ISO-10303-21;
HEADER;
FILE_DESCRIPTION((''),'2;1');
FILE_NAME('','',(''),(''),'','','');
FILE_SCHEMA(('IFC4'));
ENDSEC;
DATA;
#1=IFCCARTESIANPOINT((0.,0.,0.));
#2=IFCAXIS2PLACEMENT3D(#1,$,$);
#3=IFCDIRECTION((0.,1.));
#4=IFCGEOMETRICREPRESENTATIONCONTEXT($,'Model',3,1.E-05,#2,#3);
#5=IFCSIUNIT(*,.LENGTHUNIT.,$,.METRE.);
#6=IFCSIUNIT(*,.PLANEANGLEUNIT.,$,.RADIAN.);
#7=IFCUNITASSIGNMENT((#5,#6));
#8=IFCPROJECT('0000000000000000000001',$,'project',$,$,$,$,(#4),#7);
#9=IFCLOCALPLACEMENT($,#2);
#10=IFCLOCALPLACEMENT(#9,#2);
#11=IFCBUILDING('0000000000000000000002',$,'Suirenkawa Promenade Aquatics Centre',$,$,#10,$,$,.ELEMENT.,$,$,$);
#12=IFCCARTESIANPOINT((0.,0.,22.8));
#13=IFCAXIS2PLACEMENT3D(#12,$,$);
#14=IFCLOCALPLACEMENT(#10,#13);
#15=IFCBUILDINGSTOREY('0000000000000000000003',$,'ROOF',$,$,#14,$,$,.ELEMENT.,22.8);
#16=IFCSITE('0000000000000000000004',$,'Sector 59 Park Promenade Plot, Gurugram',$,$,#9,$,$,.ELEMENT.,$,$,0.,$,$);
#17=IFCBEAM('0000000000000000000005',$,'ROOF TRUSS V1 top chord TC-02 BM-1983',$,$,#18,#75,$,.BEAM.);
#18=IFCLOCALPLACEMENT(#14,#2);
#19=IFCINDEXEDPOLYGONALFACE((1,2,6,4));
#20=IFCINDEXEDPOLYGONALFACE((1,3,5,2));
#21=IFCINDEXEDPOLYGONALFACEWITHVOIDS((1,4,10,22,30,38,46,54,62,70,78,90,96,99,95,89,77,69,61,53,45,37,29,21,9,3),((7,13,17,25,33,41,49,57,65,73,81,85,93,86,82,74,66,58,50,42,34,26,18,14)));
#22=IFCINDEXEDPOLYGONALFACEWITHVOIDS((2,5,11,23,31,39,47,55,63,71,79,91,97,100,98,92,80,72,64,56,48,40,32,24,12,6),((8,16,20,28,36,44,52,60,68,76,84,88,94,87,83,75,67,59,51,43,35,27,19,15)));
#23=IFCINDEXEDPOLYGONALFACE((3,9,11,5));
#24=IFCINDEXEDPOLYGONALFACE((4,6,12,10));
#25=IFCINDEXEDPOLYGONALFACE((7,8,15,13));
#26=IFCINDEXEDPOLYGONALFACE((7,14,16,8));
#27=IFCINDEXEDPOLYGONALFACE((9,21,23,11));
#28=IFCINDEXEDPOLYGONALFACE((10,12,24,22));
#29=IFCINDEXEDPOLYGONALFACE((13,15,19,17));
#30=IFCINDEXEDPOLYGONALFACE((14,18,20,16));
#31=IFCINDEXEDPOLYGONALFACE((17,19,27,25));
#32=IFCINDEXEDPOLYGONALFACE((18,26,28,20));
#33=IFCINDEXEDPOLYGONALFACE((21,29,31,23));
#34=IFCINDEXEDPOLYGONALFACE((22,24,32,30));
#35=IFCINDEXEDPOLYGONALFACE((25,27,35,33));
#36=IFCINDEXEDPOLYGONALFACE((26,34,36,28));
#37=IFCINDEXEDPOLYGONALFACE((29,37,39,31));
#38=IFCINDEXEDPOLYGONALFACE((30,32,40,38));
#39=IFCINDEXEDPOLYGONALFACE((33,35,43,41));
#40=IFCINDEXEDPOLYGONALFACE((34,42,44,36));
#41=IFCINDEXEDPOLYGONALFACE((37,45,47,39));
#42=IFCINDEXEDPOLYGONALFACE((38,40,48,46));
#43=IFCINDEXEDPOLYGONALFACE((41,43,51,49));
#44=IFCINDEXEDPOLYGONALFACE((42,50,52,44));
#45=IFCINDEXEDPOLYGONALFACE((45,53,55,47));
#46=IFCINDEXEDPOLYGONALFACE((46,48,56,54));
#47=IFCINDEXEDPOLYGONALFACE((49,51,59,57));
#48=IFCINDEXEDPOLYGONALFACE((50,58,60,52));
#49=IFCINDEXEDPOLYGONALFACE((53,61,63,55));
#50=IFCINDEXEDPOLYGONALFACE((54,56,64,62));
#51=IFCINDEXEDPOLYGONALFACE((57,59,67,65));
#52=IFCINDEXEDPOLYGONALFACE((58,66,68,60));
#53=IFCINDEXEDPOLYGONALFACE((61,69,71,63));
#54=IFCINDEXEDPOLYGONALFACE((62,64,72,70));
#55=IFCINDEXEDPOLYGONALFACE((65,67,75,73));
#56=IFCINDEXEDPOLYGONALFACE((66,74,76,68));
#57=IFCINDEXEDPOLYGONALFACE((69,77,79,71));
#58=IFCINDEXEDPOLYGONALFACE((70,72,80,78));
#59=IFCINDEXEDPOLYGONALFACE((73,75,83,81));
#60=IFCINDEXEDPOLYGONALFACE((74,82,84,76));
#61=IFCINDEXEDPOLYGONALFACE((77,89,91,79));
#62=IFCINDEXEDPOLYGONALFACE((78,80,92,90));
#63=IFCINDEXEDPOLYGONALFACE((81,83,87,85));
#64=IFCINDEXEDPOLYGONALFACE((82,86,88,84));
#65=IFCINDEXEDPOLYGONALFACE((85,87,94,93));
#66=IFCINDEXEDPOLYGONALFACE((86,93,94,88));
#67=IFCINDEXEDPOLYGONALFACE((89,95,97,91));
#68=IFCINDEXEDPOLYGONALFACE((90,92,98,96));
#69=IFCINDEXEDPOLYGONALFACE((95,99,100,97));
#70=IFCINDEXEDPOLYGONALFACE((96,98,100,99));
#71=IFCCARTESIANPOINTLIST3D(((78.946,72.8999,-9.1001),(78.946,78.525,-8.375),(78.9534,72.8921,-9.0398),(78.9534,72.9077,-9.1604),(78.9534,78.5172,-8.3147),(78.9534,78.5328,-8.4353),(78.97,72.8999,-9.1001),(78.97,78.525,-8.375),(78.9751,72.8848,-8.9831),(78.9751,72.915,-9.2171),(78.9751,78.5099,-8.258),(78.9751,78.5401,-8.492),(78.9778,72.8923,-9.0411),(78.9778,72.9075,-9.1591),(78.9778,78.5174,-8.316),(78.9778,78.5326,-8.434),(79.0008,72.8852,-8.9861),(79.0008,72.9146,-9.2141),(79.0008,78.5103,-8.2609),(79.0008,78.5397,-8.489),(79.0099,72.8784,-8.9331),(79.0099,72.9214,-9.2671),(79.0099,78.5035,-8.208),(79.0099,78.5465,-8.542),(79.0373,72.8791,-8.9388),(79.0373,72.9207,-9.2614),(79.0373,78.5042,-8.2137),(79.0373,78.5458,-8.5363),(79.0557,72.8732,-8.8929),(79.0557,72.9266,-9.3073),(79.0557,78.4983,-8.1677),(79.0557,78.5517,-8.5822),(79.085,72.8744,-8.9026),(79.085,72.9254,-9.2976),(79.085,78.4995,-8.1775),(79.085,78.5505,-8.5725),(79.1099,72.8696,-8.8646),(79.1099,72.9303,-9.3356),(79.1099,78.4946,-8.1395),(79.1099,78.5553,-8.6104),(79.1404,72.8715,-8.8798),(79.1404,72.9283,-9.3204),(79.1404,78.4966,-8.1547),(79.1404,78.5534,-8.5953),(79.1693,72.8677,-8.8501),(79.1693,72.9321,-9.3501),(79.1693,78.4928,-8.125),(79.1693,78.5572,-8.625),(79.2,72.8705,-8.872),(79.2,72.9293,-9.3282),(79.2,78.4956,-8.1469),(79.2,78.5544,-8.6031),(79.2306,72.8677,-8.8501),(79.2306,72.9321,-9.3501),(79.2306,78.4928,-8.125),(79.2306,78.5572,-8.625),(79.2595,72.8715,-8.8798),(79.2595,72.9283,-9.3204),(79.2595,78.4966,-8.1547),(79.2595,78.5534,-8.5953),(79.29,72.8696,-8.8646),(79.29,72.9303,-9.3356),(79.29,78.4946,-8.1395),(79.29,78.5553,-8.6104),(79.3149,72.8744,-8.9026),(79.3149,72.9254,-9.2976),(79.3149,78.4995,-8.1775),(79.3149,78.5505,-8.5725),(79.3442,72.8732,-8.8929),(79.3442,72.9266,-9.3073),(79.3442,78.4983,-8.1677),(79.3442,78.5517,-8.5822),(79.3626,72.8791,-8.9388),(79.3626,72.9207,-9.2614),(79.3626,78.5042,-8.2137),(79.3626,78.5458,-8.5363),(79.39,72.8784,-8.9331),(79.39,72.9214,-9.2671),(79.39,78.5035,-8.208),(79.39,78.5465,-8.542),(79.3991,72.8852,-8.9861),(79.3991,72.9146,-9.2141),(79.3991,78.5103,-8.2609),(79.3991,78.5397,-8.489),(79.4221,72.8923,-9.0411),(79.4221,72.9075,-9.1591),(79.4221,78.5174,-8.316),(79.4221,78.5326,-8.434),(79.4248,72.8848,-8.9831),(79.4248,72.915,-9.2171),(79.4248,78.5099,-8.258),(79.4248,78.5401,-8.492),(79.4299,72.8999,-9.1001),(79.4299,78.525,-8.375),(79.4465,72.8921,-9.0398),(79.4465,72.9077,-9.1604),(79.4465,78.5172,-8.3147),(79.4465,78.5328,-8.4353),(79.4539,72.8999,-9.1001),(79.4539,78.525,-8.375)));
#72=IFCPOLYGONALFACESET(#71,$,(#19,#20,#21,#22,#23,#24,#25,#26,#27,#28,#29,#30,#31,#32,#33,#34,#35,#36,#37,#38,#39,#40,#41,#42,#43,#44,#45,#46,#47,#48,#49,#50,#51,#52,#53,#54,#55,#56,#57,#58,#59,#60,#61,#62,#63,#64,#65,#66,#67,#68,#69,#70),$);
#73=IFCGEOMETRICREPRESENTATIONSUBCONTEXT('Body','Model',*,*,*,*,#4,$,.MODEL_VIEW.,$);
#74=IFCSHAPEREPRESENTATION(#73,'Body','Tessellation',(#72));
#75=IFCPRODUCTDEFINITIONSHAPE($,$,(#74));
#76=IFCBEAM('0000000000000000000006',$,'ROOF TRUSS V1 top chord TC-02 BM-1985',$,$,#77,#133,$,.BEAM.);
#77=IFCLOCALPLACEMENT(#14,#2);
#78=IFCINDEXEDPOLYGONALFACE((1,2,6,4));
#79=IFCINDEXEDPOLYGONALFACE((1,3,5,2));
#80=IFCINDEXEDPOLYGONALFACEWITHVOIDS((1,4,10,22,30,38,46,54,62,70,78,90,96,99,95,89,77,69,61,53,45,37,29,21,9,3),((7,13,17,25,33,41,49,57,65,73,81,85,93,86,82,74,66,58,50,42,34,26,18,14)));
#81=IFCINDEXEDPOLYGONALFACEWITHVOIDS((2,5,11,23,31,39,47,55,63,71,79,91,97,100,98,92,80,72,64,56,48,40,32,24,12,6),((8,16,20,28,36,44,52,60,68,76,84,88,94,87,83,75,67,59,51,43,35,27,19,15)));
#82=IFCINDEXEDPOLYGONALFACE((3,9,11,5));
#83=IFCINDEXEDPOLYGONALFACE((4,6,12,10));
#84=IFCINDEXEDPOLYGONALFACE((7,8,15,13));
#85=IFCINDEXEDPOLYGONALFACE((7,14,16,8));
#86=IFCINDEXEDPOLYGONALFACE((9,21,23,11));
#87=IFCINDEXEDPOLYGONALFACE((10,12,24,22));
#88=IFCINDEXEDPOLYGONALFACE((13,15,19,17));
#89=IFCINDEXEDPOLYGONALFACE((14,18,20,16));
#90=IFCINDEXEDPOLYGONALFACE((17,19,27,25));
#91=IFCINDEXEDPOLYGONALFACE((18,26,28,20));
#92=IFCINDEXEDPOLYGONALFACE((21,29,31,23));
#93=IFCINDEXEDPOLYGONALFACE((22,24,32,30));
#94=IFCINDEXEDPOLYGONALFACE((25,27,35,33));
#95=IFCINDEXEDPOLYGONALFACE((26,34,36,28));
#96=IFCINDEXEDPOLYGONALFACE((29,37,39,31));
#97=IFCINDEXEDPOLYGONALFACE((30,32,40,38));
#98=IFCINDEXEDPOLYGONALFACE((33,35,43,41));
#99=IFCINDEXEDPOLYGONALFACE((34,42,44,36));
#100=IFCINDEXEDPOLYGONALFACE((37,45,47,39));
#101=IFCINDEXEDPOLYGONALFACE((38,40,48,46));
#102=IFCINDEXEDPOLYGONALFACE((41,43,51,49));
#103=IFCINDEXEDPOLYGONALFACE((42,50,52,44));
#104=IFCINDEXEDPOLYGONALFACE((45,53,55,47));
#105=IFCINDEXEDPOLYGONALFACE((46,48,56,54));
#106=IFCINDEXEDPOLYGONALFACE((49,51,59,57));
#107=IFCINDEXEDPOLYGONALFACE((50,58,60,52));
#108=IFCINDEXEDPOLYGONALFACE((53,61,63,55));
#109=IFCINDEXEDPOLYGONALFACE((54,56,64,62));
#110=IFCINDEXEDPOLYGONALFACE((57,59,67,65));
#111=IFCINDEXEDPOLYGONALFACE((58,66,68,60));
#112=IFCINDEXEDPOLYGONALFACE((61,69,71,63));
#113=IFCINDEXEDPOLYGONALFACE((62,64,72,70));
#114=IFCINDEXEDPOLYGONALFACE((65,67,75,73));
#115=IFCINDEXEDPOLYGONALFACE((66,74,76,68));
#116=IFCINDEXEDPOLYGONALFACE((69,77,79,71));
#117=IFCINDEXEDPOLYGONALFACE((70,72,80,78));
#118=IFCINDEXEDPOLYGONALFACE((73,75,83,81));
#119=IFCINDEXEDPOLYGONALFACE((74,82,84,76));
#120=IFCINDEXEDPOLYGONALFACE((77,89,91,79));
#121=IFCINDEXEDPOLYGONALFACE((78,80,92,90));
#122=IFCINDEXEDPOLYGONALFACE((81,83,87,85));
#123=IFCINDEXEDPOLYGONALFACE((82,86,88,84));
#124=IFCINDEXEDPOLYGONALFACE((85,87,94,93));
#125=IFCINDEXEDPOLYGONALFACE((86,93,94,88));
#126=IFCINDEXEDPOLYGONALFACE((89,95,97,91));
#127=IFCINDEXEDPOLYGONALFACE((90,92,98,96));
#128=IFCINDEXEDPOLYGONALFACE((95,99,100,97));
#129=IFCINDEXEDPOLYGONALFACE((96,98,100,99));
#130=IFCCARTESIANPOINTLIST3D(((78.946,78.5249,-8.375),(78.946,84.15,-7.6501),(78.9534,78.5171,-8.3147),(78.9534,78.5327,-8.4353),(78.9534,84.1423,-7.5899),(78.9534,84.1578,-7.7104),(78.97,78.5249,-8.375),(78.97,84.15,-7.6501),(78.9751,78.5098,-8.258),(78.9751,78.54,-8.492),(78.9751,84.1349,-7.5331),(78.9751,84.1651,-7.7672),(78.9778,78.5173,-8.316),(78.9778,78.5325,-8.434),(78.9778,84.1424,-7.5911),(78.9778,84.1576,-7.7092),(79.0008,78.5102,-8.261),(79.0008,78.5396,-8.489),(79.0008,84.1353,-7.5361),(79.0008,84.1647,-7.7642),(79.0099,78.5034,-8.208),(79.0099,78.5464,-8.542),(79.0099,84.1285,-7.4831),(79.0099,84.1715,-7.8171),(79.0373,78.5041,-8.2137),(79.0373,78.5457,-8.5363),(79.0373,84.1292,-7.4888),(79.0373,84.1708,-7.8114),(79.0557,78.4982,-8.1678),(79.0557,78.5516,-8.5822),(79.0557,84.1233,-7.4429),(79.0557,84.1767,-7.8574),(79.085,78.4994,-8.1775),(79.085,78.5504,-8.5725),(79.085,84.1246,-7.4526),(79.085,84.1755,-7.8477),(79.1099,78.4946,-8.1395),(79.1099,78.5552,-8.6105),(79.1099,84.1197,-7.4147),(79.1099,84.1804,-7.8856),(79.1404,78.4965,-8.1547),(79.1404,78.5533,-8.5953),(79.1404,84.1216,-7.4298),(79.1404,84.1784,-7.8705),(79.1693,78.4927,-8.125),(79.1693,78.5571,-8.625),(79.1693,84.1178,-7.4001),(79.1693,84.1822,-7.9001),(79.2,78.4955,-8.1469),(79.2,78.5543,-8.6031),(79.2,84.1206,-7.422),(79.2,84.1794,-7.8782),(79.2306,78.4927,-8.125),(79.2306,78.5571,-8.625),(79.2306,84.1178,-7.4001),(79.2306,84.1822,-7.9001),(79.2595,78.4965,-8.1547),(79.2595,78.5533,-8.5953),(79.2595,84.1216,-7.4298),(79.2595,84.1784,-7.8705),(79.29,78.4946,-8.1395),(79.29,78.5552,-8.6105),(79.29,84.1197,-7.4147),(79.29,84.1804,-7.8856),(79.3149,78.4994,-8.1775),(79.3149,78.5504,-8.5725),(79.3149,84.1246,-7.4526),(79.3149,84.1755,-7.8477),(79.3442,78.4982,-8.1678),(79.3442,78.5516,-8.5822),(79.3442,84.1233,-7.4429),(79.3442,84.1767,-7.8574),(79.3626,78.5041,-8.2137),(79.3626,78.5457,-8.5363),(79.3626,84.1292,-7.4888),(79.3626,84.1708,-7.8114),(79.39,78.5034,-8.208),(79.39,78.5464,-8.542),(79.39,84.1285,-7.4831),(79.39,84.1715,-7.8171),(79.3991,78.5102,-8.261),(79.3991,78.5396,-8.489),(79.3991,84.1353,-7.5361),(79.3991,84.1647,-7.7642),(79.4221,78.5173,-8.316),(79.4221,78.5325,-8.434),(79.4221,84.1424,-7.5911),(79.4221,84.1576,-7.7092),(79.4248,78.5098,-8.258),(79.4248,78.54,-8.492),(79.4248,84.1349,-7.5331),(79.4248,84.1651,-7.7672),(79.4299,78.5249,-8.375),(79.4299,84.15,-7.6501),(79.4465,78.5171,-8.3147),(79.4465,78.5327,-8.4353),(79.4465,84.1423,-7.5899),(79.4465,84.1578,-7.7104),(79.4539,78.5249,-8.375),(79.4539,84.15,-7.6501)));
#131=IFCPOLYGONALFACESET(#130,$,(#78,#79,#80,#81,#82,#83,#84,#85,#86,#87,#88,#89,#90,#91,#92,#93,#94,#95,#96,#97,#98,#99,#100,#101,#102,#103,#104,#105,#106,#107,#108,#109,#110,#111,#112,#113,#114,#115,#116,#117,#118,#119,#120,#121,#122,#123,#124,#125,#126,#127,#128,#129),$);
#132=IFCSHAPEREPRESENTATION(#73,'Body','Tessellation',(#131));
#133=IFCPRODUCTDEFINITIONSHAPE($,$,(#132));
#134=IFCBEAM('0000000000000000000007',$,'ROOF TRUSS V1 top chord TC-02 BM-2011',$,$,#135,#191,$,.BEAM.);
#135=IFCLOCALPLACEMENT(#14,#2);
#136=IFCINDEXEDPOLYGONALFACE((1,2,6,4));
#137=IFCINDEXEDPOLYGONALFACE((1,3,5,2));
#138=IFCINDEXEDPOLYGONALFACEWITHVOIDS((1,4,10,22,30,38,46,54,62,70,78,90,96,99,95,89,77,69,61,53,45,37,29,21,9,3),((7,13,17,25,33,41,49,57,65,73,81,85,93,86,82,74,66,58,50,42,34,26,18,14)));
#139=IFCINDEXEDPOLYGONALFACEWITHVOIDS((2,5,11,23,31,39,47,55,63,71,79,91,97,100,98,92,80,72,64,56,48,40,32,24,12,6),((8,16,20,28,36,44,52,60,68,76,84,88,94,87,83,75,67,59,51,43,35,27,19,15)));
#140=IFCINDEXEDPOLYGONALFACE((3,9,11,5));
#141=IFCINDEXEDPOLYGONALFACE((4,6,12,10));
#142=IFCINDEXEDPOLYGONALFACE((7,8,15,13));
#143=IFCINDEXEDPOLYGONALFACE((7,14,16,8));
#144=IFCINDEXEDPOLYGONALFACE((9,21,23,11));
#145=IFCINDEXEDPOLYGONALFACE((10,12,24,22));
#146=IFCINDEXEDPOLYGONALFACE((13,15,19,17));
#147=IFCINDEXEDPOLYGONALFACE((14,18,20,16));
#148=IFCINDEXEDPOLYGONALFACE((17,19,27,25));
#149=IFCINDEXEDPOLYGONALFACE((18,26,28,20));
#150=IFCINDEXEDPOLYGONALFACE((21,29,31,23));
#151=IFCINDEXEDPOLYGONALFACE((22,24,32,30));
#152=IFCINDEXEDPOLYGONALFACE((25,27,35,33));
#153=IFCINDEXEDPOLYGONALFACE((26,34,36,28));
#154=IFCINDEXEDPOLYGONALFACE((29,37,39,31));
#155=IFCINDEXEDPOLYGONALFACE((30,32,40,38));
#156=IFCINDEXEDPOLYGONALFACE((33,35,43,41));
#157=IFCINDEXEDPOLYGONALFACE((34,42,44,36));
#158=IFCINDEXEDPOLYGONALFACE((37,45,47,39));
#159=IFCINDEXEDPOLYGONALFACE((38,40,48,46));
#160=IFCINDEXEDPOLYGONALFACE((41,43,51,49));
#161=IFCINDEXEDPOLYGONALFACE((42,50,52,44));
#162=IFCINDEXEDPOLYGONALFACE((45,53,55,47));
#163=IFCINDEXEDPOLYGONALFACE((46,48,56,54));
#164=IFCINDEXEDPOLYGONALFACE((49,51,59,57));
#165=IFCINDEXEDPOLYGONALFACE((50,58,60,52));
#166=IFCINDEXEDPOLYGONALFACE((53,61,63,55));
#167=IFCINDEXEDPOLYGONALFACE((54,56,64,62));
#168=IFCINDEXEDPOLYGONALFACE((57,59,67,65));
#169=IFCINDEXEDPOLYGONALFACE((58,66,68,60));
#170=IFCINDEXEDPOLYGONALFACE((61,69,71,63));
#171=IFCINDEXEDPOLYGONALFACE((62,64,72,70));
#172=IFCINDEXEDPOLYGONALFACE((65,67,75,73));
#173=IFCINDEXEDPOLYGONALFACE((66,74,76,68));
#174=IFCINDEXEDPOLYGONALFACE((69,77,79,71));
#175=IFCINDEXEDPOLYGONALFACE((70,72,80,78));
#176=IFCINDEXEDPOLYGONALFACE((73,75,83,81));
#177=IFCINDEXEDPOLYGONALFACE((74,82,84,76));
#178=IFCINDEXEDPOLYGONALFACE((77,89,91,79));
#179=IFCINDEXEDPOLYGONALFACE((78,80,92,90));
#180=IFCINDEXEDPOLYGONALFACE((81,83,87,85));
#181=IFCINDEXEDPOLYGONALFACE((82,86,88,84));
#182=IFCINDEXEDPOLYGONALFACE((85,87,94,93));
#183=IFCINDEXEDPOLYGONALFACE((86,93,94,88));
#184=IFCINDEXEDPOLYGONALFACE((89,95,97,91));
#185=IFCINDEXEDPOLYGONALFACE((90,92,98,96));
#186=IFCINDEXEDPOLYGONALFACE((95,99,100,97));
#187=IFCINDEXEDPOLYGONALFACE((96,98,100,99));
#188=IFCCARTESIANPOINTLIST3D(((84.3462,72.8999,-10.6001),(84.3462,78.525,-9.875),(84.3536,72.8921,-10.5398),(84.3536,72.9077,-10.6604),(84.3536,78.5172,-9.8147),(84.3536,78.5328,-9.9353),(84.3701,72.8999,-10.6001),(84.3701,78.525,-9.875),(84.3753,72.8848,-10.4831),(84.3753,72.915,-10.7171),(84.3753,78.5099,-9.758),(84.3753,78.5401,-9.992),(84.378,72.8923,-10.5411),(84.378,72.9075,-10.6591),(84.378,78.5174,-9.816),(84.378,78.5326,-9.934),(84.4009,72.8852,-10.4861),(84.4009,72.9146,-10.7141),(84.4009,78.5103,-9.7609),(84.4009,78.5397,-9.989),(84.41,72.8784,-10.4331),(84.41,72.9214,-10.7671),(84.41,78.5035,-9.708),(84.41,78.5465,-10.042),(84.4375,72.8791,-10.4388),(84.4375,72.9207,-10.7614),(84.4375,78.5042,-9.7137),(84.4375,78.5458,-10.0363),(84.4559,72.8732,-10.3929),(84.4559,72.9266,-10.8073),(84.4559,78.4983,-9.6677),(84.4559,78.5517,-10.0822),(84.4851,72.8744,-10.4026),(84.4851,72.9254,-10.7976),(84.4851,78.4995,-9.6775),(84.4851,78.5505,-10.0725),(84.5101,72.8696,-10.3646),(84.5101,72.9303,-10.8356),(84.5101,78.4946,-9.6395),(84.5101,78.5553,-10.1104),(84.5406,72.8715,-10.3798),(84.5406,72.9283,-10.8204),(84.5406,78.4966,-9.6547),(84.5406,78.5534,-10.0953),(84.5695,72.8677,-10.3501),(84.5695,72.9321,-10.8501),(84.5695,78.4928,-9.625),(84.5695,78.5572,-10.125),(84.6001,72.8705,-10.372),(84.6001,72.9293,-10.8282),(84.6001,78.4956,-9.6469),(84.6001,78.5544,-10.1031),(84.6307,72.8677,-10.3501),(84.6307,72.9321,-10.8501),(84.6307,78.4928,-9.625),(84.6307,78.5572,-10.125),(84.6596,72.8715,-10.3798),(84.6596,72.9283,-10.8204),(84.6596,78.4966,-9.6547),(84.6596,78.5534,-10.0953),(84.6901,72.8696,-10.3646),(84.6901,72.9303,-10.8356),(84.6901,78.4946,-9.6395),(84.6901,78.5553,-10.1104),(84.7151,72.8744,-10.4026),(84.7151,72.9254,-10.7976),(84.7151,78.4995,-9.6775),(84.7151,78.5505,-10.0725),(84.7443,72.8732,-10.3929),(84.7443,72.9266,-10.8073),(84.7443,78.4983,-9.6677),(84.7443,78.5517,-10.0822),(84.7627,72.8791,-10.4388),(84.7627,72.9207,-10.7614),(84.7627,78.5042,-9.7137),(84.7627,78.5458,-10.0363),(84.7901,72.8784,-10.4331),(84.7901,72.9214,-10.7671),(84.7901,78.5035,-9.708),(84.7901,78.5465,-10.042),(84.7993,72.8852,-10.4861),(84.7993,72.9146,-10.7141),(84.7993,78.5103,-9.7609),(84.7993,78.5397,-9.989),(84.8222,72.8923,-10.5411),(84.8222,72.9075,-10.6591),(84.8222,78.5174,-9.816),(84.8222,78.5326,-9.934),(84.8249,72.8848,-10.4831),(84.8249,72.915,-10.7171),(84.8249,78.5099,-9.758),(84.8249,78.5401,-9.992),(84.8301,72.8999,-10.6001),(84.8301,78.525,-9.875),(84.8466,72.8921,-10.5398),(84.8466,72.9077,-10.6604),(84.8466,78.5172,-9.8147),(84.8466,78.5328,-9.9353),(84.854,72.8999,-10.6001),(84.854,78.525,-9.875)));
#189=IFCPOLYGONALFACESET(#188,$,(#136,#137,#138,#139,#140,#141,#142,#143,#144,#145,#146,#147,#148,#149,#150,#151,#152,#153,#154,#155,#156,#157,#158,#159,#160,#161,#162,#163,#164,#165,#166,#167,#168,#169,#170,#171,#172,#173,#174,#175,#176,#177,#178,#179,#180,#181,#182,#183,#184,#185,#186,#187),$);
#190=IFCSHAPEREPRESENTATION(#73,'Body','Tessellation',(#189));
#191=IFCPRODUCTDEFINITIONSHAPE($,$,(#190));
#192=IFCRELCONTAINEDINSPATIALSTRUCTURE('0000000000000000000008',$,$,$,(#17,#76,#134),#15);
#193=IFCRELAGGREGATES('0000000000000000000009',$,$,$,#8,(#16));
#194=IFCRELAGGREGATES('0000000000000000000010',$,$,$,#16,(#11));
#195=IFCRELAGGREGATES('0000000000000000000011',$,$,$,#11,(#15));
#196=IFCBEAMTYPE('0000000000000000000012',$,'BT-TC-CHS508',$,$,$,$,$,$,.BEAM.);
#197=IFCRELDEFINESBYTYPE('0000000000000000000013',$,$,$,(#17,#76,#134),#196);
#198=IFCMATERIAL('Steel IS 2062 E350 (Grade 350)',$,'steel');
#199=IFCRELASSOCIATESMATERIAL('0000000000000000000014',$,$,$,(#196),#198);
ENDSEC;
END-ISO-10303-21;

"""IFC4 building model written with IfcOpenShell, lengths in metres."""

from ifc_helpers import new_model, si_unit, direction, frame, origin, origin_2d, place, context, subcontext, project, spatial, hollow_circle, extrude, material, material_profile, profile_set, type_object, element, save


model = new_model("IFC4")

# Units and contexts
model_context = context("Model", 3, precision=1e-05, world=origin(), true_north=direction((0.0, 1.0)))
body_context = subcontext(model_context, "Body", "Model", "MODEL_VIEW")
ifc_project = project(units=[si_unit("LENGTHUNIT", "METRE"), si_unit("PLANEANGLEUNIT", "RADIAN")], contexts=[model_context])

# Site, building, storey
site_placement = place(None, origin())
site = spatial("IfcSite", under=ifc_project, at=site_placement, Name="Sector 59 Park Promenade Plot, Gurugram", CompositionType="ELEMENT", RefElevation=0.0)
building_placement = place(site_placement, origin())
building = spatial("IfcBuilding", under=site, at=building_placement, Name="Suirenkawa Promenade Aquatics Centre", CompositionType="ELEMENT")
storey_placement = place(building_placement, frame((0.0, 0.0, 22.8)))
storey = spatial("IfcBuildingStorey", under=building, at=storey_placement, Name="ROOF", CompositionType="ELEMENT", Elevation=22.8)

# Beams
ifc_material = material(Name="Steel IS 2062 E350 (Grade 350)", Category="steel")
ifc_material_profile_1 = material_profile(ifc_material, hollow_circle(Radius=0.2539, WallThickness=0.0239, at=origin_2d()), Name="CHS 508x24", Category="steel")
ifc_profile_set_1 = profile_set([ifc_material_profile_1], Name="Steel IS 2062 E350 (Grade 350)")
beam_type_1 = type_object("IfcBeamType", Name="BT-TC-CHS508", PredefinedType="BEAM", material=ifc_profile_set_1)
for number, where, z_axis, x_axis, name in (
    (1, (79.2, 72.8999, -9.1001), (0.0, 0.991794, 0.127848), (-1.0, 0.0, 0.0), "ROOF TRUSS V1 top chord TC-02 BM-1983"),
    (2, (79.2, 78.5249, -8.375), (0.0, 0.991799, 0.127806), (-1.0, 0.0, 0.0), "ROOF TRUSS V1 top chord TC-02 BM-1985"),
    (3, (84.6001, 72.8999, -10.6001), (0.0, 0.991794, 0.127848), (-1.0, 0.0, 0.0), "ROOF TRUSS V1 top chord TC-02 BM-2011"),
):
    element("IfcBeam", number, at=place(storey_placement, frame(where, z_axis=z_axis, x_axis=x_axis)), inside=storey, type_object=beam_type_1, Name=name, PredefinedType="BEAM", context=body_context, shape_type="SweptSolid", body=[
        extrude(hollow_circle(Radius=0.2539, WallThickness=0.0239, at=origin_2d()), origin(), (0.0, 0.0, 1.0), 5.6716),
    ])

save(model, "model.ifc")
